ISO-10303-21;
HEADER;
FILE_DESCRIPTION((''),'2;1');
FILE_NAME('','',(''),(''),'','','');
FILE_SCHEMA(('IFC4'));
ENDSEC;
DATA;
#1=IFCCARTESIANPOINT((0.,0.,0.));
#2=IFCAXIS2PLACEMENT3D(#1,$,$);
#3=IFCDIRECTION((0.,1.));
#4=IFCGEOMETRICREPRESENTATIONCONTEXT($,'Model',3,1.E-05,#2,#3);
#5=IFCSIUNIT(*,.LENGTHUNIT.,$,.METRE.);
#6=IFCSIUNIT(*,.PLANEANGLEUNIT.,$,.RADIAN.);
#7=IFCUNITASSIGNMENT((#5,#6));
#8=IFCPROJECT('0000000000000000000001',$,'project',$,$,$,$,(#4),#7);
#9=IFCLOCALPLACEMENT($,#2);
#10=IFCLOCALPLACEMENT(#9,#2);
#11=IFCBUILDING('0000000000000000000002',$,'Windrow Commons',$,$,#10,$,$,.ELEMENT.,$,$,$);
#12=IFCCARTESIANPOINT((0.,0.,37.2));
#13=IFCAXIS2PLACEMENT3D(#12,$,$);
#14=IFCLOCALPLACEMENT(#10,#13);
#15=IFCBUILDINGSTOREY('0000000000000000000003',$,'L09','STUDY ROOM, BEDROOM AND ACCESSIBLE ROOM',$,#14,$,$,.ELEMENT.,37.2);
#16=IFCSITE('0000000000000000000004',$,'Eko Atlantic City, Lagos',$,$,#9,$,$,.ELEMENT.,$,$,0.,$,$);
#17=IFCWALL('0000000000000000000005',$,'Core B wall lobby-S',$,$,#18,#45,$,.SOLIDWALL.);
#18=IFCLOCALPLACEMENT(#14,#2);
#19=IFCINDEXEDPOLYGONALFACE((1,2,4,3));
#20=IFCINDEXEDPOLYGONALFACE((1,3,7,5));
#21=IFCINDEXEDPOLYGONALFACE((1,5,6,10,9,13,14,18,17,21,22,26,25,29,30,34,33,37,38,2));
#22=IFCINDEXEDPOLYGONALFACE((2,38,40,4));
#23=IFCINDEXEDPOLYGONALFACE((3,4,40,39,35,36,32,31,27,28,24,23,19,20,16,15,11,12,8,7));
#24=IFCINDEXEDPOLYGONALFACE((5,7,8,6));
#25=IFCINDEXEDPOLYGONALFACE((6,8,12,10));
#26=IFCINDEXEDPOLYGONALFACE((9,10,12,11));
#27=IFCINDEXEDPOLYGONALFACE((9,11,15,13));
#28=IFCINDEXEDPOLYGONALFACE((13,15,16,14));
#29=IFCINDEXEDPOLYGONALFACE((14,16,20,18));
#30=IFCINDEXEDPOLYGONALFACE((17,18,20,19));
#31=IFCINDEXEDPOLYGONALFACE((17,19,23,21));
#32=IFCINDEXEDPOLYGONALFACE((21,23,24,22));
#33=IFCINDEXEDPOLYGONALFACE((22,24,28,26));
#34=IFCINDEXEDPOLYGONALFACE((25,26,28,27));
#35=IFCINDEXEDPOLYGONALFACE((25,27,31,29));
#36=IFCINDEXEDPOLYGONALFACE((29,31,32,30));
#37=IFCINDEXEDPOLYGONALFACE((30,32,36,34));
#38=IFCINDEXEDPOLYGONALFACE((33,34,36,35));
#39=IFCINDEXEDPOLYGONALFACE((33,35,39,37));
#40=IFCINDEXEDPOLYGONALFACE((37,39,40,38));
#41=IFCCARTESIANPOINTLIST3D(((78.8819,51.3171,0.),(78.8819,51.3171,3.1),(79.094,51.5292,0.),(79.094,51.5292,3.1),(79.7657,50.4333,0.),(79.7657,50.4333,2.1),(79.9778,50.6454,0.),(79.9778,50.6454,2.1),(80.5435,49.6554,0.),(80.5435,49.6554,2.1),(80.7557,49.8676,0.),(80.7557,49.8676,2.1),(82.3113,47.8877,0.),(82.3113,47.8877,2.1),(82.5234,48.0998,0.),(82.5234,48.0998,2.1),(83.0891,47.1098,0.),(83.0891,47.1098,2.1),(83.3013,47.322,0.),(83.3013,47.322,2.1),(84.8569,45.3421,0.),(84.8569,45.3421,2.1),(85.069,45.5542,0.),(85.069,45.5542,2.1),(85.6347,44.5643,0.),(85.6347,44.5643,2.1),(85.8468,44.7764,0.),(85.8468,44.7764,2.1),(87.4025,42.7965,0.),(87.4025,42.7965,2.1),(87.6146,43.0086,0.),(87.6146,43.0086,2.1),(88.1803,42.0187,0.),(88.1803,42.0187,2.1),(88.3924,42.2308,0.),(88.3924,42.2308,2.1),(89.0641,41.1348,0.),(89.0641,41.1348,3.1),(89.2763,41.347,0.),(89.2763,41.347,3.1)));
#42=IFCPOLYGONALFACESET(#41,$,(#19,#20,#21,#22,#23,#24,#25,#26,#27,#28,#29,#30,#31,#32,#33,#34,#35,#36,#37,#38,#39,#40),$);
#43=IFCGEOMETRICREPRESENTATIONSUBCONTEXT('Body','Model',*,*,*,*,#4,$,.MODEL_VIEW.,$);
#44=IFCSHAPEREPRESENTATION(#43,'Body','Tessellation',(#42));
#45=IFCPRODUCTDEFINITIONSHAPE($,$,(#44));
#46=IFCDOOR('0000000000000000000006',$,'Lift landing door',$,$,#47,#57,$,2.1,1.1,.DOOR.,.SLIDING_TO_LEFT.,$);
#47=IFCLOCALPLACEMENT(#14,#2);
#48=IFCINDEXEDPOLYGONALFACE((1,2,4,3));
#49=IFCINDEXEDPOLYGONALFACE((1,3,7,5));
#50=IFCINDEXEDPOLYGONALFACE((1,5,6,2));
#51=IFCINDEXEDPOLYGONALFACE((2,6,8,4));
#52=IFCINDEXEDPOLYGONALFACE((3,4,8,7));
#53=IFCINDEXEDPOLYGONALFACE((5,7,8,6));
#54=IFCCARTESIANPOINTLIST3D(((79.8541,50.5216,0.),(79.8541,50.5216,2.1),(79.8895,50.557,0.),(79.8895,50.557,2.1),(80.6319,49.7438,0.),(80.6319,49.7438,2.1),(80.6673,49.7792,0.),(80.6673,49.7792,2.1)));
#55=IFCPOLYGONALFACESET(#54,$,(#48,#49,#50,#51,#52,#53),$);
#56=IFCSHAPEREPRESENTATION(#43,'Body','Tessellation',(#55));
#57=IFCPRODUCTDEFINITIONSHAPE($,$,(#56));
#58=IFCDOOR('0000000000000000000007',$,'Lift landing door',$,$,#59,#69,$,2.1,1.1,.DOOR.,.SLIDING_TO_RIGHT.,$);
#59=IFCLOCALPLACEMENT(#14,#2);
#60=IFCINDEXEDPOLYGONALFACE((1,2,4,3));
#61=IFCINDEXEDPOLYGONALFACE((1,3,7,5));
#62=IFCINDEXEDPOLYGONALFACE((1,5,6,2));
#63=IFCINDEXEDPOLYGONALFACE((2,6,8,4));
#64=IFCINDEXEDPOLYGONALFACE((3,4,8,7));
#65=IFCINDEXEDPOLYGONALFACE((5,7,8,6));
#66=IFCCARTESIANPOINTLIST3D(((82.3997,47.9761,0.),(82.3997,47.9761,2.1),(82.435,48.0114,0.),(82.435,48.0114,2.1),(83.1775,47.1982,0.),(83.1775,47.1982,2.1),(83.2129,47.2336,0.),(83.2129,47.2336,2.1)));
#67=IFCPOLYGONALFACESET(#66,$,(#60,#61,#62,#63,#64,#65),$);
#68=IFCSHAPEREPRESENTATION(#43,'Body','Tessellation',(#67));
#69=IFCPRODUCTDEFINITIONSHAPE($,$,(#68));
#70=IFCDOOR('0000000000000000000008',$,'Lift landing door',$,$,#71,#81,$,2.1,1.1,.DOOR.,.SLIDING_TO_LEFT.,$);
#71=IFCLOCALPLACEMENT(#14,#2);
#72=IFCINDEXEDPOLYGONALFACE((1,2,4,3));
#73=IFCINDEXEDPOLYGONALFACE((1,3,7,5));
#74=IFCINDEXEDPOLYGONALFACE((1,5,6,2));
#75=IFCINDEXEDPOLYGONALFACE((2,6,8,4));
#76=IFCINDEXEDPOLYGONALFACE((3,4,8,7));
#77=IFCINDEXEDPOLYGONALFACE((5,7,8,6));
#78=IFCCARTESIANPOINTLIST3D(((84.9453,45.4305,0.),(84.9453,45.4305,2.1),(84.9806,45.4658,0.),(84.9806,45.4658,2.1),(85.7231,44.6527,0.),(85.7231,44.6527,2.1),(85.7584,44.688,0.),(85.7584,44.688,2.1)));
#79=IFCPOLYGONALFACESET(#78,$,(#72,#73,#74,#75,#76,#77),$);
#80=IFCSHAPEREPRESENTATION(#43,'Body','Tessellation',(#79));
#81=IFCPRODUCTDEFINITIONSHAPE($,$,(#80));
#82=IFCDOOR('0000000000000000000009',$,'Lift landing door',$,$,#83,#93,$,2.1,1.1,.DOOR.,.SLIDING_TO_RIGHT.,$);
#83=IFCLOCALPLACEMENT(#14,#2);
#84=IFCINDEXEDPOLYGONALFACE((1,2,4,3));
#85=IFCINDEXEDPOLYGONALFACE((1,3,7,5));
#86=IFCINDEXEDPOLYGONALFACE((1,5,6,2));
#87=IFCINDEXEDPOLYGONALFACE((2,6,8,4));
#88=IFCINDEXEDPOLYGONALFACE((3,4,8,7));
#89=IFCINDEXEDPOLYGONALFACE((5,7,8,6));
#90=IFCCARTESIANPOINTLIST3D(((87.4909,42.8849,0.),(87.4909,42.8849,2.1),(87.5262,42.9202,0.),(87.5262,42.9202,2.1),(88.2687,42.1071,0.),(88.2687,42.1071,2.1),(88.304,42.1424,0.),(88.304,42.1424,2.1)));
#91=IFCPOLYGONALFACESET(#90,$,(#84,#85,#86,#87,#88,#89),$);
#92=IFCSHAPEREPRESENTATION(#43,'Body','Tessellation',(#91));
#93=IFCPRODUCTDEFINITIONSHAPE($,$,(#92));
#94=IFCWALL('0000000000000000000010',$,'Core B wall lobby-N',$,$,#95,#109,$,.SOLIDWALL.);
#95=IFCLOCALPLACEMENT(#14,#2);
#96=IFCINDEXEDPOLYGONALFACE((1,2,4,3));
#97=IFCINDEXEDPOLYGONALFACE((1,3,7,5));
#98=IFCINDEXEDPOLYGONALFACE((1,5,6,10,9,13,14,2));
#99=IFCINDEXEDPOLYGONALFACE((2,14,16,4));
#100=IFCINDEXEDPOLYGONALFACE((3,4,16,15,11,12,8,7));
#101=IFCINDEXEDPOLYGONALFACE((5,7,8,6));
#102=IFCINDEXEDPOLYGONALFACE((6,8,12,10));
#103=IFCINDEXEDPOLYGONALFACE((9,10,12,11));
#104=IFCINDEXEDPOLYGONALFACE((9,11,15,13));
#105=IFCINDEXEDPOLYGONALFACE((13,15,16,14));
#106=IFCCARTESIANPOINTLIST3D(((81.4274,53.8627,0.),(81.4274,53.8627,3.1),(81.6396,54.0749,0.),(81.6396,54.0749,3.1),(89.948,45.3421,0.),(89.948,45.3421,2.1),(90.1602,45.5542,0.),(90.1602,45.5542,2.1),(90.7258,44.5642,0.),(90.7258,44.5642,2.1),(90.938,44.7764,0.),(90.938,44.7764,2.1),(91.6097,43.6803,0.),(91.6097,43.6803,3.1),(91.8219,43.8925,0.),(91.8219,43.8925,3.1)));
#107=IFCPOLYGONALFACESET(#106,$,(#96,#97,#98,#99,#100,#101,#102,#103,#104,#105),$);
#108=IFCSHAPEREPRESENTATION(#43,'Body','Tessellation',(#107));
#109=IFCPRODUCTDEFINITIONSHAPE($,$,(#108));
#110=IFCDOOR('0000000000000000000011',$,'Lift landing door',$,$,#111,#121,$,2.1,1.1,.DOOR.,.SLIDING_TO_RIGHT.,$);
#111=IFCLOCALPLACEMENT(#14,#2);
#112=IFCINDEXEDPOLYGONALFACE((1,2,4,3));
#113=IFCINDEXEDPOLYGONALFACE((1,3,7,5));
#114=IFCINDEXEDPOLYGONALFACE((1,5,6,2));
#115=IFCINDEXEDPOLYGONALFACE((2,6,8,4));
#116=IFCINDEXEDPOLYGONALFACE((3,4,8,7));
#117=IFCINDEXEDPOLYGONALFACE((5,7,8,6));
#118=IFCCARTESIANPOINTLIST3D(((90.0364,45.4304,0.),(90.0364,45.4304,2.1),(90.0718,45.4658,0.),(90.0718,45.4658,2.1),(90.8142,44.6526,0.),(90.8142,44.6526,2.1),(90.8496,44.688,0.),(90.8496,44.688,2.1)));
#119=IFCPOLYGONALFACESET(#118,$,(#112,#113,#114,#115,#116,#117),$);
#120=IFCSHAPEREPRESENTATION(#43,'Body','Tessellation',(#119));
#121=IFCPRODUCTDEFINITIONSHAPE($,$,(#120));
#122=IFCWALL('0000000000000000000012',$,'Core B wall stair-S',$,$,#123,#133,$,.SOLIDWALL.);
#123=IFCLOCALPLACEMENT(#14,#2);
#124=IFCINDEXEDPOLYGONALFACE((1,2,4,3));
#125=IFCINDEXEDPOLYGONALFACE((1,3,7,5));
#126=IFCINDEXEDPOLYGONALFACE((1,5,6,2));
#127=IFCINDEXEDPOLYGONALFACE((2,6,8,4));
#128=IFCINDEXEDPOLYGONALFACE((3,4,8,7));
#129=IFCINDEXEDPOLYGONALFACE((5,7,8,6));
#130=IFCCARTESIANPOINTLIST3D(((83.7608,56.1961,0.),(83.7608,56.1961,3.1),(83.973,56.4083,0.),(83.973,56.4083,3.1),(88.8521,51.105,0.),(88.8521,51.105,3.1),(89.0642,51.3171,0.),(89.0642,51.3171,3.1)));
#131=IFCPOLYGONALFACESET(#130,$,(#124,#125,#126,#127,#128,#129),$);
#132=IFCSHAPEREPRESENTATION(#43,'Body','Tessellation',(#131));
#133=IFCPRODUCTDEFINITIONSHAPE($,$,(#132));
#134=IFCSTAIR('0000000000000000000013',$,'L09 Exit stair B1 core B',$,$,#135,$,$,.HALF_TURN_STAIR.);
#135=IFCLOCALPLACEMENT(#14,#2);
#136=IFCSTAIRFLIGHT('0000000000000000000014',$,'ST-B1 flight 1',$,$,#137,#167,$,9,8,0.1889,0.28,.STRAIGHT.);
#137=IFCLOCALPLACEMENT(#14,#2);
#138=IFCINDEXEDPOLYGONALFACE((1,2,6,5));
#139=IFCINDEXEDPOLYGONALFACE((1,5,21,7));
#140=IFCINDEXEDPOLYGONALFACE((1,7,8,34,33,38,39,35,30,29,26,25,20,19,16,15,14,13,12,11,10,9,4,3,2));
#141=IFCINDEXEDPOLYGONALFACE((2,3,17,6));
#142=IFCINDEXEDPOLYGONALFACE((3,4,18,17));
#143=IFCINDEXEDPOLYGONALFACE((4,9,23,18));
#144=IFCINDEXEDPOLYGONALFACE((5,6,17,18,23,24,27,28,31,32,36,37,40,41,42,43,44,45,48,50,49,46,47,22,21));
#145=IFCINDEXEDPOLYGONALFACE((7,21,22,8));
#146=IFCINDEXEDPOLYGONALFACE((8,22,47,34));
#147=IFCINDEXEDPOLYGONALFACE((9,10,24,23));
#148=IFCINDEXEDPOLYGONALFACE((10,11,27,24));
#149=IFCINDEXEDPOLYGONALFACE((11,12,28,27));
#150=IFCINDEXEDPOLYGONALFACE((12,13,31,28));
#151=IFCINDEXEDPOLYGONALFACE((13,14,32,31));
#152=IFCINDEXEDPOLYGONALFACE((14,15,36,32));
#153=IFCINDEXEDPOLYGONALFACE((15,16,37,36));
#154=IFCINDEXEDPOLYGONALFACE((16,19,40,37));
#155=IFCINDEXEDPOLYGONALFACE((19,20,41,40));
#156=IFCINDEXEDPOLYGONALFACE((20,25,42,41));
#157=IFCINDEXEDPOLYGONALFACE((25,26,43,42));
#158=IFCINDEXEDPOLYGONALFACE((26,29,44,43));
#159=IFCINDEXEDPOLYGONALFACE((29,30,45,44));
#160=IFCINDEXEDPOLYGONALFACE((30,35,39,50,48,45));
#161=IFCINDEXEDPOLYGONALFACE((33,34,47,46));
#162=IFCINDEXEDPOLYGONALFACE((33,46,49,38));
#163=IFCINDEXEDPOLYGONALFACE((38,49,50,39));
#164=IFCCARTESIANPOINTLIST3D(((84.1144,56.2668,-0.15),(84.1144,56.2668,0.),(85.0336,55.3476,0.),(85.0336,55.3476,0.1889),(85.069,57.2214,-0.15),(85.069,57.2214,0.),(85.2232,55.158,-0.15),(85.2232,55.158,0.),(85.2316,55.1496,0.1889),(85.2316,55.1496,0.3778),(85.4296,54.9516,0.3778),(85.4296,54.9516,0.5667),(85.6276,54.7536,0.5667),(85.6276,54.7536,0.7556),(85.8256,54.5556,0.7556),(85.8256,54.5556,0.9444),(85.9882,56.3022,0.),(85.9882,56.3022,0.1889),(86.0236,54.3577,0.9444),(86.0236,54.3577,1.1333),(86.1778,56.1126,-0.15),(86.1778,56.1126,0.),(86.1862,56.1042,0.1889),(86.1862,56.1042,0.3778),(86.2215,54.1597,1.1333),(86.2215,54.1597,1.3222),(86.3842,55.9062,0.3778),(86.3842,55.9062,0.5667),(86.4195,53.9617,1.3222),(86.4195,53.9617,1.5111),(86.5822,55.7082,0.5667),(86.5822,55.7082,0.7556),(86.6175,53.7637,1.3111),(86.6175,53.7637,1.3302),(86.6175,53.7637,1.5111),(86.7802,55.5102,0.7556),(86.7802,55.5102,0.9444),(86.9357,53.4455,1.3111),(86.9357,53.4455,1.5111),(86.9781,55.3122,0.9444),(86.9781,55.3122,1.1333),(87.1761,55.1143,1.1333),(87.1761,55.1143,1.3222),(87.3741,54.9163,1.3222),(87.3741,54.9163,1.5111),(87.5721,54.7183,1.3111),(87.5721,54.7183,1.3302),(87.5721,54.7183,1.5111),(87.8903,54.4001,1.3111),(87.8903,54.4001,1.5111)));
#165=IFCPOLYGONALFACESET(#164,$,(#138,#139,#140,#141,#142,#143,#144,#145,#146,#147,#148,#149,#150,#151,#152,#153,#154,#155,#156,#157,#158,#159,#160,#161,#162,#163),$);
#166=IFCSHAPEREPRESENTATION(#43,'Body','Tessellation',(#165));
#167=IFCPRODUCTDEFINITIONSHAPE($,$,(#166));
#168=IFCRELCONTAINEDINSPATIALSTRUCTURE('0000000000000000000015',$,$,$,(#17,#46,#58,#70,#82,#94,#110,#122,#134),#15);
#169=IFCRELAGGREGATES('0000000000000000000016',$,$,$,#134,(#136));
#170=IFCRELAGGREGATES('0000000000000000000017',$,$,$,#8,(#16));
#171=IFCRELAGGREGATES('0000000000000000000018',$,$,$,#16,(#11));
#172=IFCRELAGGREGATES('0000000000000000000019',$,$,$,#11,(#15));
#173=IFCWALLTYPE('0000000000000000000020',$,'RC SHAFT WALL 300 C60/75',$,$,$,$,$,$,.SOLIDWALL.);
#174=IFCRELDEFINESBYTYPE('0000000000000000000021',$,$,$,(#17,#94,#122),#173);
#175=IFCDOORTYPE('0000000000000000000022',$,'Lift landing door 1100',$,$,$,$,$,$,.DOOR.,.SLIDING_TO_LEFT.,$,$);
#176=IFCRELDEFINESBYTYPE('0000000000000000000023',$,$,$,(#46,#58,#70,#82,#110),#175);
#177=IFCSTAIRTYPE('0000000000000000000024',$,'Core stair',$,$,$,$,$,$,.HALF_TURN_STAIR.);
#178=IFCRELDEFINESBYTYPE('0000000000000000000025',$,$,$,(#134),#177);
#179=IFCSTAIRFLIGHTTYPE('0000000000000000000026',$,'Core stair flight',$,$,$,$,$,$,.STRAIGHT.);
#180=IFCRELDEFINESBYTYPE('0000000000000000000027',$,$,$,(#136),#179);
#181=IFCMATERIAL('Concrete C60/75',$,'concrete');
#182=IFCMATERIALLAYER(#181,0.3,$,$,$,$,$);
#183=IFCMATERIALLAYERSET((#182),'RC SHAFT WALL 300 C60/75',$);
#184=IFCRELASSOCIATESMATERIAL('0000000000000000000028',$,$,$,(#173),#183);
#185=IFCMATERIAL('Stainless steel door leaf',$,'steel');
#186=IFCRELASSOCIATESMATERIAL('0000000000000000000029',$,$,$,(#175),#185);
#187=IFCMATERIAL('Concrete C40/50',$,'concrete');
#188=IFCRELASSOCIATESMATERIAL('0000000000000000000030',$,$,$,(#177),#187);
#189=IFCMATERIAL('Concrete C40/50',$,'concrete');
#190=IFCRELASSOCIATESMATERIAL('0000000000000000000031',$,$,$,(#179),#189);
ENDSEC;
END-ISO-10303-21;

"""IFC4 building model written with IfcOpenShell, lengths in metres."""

from ifc_helpers import new_model, si_unit, direction, frame, frame_2d, origin, place, context, subcontext, project, spatial, polyline, rectangle, outline, extrude, material, layer, layer_set, type_object, element, fill, aggregate, save


model = new_model("IFC4")

# Units and contexts
model_context = context("Model", 3, precision=1e-05, world=origin(), true_north=direction((0.0, 1.0)))
body_context = subcontext(model_context, "Body", "Model", "MODEL_VIEW")
ifc_project = project(units=[si_unit("LENGTHUNIT", "METRE"), si_unit("PLANEANGLEUNIT", "RADIAN")], contexts=[model_context])

# Site, building, storey
site_placement = place(None, origin())
site = spatial("IfcSite", under=ifc_project, at=site_placement, Name="Eko Atlantic City, Lagos", CompositionType="ELEMENT", RefElevation=0.0)
building_placement = place(site_placement, origin())
building = spatial("IfcBuilding", under=site, at=building_placement, Name="Windrow Commons", CompositionType="ELEMENT")
storey_placement = place(building_placement, frame((0.0, 0.0, 37.2)))
storey = spatial("IfcBuildingStorey", under=building, at=storey_placement, Name="L09", Description="STUDY ROOM, BEDROOM AND ACCESSIBLE ROOM", CompositionType="ELEMENT", Elevation=37.2)

# Shared definitions
ifc_material_1 = material(Name="Concrete C60/75", Category="concrete")
ifc_layer_1 = layer(ifc_material_1, 0.3)
ifc_layer_set_1 = layer_set([ifc_layer_1], Name="RC SHAFT WALL 300 C60/75")
wall_type_1 = type_object("IfcWallType", Name="RC SHAFT WALL 300 C60/75", PredefinedType="SOLIDWALL", material=ifc_layer_set_1)

# Wall, openings, doors
wall_1_placement = place(storey_placement, frame((78.9879, 51.4232, 0.0), z_axis=(0.0, 0.0, 1.0), x_axis=(0.707107, -0.707107, 0.0)))
wall_1 = element("IfcWall", 1, at=wall_1_placement, inside=storey, type_object=wall_type_1, Name="Core B wall lobby-S", PredefinedType="SOLIDWALL", context=body_context, shape_type="SweptSolid", body=[
    extrude(rectangle(XDim=14.3999, YDim=0.3, at=frame_2d((7.2, 0.0))), origin(), (0.0, 0.0, 1.0), 3.1),
])
opening_1_placement = place(wall_1_placement, frame((1.25, 0.0, 0.0)))
opening_1 = element("IfcOpeningElement", 2, at=opening_1_placement, cuts=wall_1, PredefinedType="OPENING", context=body_context, shape_type="SweptSolid", body=[
    extrude(rectangle(XDim=1.1, YDim=2.1, at=frame_2d((0.55, 1.05))), frame((0.0, 0.16, 0.0), z_axis=(0.0, -1.0, 0.0), x_axis=(1.0, 0.0, 0.0)), (0.0, 0.0, 1.0), 0.32),
])
opening_2_placement = place(wall_1_placement, frame((4.85, 0.0, 0.0)))
opening_2 = element("IfcOpeningElement", 3, at=opening_2_placement, cuts=wall_1, PredefinedType="OPENING", context=body_context, shape_type="SweptSolid", body=[
    extrude(rectangle(XDim=1.1, YDim=2.1, at=frame_2d((0.55, 1.05))), frame((0.0, 0.16, 0.0), z_axis=(0.0, -1.0, 0.0), x_axis=(1.0, 0.0, 0.0)), (0.0, 0.0, 1.0), 0.32),
])
opening_3_placement = place(wall_1_placement, frame((8.45, 0.0, 0.0)))
opening_3 = element("IfcOpeningElement", 4, at=opening_3_placement, cuts=wall_1, PredefinedType="OPENING", context=body_context, shape_type="SweptSolid", body=[
    extrude(rectangle(XDim=1.1, YDim=2.1, at=frame_2d((0.55, 1.05))), frame((0.0, 0.16, 0.0), z_axis=(0.0, -1.0, 0.0), x_axis=(1.0, 0.0, 0.0)), (0.0, 0.0, 1.0), 0.32),
])
opening_4_placement = place(wall_1_placement, frame((12.05, 0.0, 0.0)))
opening_4 = element("IfcOpeningElement", 5, at=opening_4_placement, cuts=wall_1, PredefinedType="OPENING", context=body_context, shape_type="SweptSolid", body=[
    extrude(rectangle(XDim=1.1, YDim=2.1, at=frame_2d((0.55, 1.05))), frame((0.0, 0.16, 0.0), z_axis=(0.0, -1.0, 0.0), x_axis=(1.0, 0.0, 0.0)), (0.0, 0.0, 1.0), 0.32),
])
ifc_material_2 = material(Name="Stainless steel door leaf", Category="steel")
door_type_1 = type_object("IfcDoorType", Name="Lift landing door 1100", OperationType="SLIDING_TO_LEFT", PredefinedType="DOOR", material=ifc_material_2)
door_1_placement = place(opening_1_placement, origin())
door_1 = element("IfcDoor", 6, at=door_1_placement, inside=storey, type_object=door_type_1, Name="Lift landing door", OperationType="SLIDING_TO_LEFT", OverallHeight=2.1, OverallWidth=1.1, PredefinedType="DOOR", context=body_context, shape_type="SweptSolid", body=[
    extrude(rectangle(XDim=1.1, YDim=2.1, at=frame_2d((0.55, 1.05))), frame((0.0, 0.025, 0.0), z_axis=(0.0, -1.0, 0.0), x_axis=(1.0, 0.0, 0.0)), (0.0, 0.0, 1.0), 0.05),
])
fill(opening_1, door_1)
door_2_placement = place(opening_2_placement, origin())
door_2 = element("IfcDoor", 7, at=door_2_placement, inside=storey, type_object=door_type_1, Name="Lift landing door", OperationType="SLIDING_TO_RIGHT", OverallHeight=2.1, OverallWidth=1.1, PredefinedType="DOOR", context=body_context, shape_type="SweptSolid", body=[
    extrude(rectangle(XDim=1.1, YDim=2.1, at=frame_2d((0.55, 1.05))), frame((0.0, 0.025, 0.0), z_axis=(0.0, -1.0, 0.0), x_axis=(1.0, 0.0, 0.0)), (0.0, 0.0, 1.0), 0.05),
])
fill(opening_2, door_2)
door_3_placement = place(opening_3_placement, origin())
door_3 = element("IfcDoor", 8, at=door_3_placement, inside=storey, type_object=door_type_1, Name="Lift landing door", OperationType="SLIDING_TO_LEFT", OverallHeight=2.1, OverallWidth=1.1, PredefinedType="DOOR", context=body_context, shape_type="SweptSolid", body=[
    extrude(rectangle(XDim=1.1, YDim=2.1, at=frame_2d((0.55, 1.05))), frame((0.0, 0.025, 0.0), z_axis=(0.0, -1.0, 0.0), x_axis=(1.0, 0.0, 0.0)), (0.0, 0.0, 1.0), 0.05),
])
fill(opening_3, door_3)
door_4_placement = place(opening_4_placement, origin())
door_4 = element("IfcDoor", 9, at=door_4_placement, inside=storey, type_object=door_type_1, Name="Lift landing door", OperationType="SLIDING_TO_RIGHT", OverallHeight=2.1, OverallWidth=1.1, PredefinedType="DOOR", context=body_context, shape_type="SweptSolid", body=[
    extrude(rectangle(XDim=1.1, YDim=2.1, at=frame_2d((0.55, 1.05))), frame((0.0, 0.025, 0.0), z_axis=(0.0, -1.0, 0.0), x_axis=(1.0, 0.0, 0.0)), (0.0, 0.0, 1.0), 0.05),
])
fill(opening_4, door_4)

# Wall, opening, door
wall_2_placement = place(storey_placement, frame((81.5335, 53.9688, 0.0), z_axis=(0.0, 0.0, 1.0), x_axis=(0.707103, -0.70711, 0.0)))
wall_2 = element("IfcWall", 10, at=wall_2_placement, inside=storey, type_object=wall_type_1, Name="Core B wall lobby-N", PredefinedType="SOLIDWALL", context=body_context, shape_type="SweptSolid", body=[
    extrude(rectangle(XDim=14.4, YDim=0.3, at=frame_2d((7.2, 0.0))), origin(), (0.0, 0.0, 1.0), 3.1),
])
opening_5_placement = place(wall_2_placement, frame((12.05, 0.0, 0.0)))
opening_5 = element("IfcOpeningElement", 11, at=opening_5_placement, cuts=wall_2, PredefinedType="OPENING", context=body_context, shape_type="SweptSolid", body=[
    extrude(rectangle(XDim=1.1, YDim=2.1, at=frame_2d((0.55, 1.05))), frame((0.0, 0.16, 0.0), z_axis=(0.0, -1.0, 0.0), x_axis=(1.0, 0.0, 0.0)), (0.0, 0.0, 1.0), 0.32),
])
door_5_placement = place(opening_5_placement, origin())
door_5 = element("IfcDoor", 12, at=door_5_placement, inside=storey, type_object=door_type_1, Name="Lift landing door", OperationType="SLIDING_TO_RIGHT", OverallHeight=2.1, OverallWidth=1.1, PredefinedType="DOOR", context=body_context, shape_type="SweptSolid", body=[
    extrude(rectangle(XDim=1.1, YDim=2.1, at=frame_2d((0.55, 1.05))), frame((0.0, 0.025, 0.0), z_axis=(0.0, -1.0, 0.0), x_axis=(1.0, 0.0, 0.0)), (0.0, 0.0, 1.0), 0.05),
])
fill(opening_5, door_5)

# Wall
wall_3_placement = place(storey_placement, frame((83.8669, 56.3022, 0.0), z_axis=(0.0, 0.0, 1.0), x_axis=(0.707114, -0.7071, 0.0)))
element("IfcWall", 13, at=wall_3_placement, inside=storey, type_object=wall_type_1, Name="Core B wall stair-S", PredefinedType="SOLIDWALL", context=body_context, shape_type="SweptSolid", body=[
    extrude(rectangle(XDim=7.2, YDim=0.3, at=frame_2d((3.6, 0.0))), origin(), (0.0, 0.0, 1.0), 3.1),
])

# Stair, stair flight
ifc_material_3 = material(Name="Concrete C40/50", Category="concrete")
stair_type = type_object("IfcStairType", Name="Core stair", PredefinedType="HALF_TURN_STAIR", material=ifc_material_3)
stair_placement = place(storey_placement, origin())
stair = element("IfcStair", 14, at=stair_placement, inside=storey, type_object=stair_type, Name="L09 Exit stair B1 core B", PredefinedType="HALF_TURN_STAIR")
ifc_material_4 = material(Name="Concrete C40/50", Category="concrete")
stair_flight_type = type_object("IfcStairFlightType", Name="Core stair flight", PredefinedType="STRAIGHT", material=ifc_material_4)
stair_flight_placement = place(storey_placement, frame((85.5109, 55.8249, 0.0), z_axis=(0.0, 0.0, 1.0), x_axis=(0.707107, -0.707107, 0.0)))
stair_flight = element("IfcStairFlight", 15, at=stair_flight_placement, type_object=stair_flight_type, Name="ST-B1 flight 1", NumberOfRisers=9, NumberOfTreads=8, PredefinedType="STRAIGHT", RiserHeight=0.1889, TreadLength=0.28, context=body_context, shape_type="SweptSolid", body=[
    extrude(outline(polyline([(-1.3, -0.15), (-1.3, 0.0), (0.0, 0.0), (0.0, 0.1889), (0.28, 0.1889), (0.28, 0.3778), (0.56, 0.3778), (0.56, 0.5667), (0.84, 0.5667), (0.84, 0.7556), (1.12, 0.7556), (1.12, 0.9444), (1.4, 0.9444), (1.4, 1.1333), (1.68, 1.1333), (1.68, 1.3222), (1.96, 1.3222), (1.96, 1.5111), (2.24, 1.5111), (2.69, 1.5111), (2.69, 1.3111), (2.24, 1.3111), (2.24, 1.3302), (0.2682, 0.0), (0.2682, -0.15), (-1.3, -0.15)])), frame((0.0, 0.675, 0.0), z_axis=(0.0, -1.0, 0.0), x_axis=(1.0, 0.0, 0.0)), (0.0, 0.0, 1.0), 1.35),
])
aggregate(stair, [stair_flight])

save(model, "model.ifc")
